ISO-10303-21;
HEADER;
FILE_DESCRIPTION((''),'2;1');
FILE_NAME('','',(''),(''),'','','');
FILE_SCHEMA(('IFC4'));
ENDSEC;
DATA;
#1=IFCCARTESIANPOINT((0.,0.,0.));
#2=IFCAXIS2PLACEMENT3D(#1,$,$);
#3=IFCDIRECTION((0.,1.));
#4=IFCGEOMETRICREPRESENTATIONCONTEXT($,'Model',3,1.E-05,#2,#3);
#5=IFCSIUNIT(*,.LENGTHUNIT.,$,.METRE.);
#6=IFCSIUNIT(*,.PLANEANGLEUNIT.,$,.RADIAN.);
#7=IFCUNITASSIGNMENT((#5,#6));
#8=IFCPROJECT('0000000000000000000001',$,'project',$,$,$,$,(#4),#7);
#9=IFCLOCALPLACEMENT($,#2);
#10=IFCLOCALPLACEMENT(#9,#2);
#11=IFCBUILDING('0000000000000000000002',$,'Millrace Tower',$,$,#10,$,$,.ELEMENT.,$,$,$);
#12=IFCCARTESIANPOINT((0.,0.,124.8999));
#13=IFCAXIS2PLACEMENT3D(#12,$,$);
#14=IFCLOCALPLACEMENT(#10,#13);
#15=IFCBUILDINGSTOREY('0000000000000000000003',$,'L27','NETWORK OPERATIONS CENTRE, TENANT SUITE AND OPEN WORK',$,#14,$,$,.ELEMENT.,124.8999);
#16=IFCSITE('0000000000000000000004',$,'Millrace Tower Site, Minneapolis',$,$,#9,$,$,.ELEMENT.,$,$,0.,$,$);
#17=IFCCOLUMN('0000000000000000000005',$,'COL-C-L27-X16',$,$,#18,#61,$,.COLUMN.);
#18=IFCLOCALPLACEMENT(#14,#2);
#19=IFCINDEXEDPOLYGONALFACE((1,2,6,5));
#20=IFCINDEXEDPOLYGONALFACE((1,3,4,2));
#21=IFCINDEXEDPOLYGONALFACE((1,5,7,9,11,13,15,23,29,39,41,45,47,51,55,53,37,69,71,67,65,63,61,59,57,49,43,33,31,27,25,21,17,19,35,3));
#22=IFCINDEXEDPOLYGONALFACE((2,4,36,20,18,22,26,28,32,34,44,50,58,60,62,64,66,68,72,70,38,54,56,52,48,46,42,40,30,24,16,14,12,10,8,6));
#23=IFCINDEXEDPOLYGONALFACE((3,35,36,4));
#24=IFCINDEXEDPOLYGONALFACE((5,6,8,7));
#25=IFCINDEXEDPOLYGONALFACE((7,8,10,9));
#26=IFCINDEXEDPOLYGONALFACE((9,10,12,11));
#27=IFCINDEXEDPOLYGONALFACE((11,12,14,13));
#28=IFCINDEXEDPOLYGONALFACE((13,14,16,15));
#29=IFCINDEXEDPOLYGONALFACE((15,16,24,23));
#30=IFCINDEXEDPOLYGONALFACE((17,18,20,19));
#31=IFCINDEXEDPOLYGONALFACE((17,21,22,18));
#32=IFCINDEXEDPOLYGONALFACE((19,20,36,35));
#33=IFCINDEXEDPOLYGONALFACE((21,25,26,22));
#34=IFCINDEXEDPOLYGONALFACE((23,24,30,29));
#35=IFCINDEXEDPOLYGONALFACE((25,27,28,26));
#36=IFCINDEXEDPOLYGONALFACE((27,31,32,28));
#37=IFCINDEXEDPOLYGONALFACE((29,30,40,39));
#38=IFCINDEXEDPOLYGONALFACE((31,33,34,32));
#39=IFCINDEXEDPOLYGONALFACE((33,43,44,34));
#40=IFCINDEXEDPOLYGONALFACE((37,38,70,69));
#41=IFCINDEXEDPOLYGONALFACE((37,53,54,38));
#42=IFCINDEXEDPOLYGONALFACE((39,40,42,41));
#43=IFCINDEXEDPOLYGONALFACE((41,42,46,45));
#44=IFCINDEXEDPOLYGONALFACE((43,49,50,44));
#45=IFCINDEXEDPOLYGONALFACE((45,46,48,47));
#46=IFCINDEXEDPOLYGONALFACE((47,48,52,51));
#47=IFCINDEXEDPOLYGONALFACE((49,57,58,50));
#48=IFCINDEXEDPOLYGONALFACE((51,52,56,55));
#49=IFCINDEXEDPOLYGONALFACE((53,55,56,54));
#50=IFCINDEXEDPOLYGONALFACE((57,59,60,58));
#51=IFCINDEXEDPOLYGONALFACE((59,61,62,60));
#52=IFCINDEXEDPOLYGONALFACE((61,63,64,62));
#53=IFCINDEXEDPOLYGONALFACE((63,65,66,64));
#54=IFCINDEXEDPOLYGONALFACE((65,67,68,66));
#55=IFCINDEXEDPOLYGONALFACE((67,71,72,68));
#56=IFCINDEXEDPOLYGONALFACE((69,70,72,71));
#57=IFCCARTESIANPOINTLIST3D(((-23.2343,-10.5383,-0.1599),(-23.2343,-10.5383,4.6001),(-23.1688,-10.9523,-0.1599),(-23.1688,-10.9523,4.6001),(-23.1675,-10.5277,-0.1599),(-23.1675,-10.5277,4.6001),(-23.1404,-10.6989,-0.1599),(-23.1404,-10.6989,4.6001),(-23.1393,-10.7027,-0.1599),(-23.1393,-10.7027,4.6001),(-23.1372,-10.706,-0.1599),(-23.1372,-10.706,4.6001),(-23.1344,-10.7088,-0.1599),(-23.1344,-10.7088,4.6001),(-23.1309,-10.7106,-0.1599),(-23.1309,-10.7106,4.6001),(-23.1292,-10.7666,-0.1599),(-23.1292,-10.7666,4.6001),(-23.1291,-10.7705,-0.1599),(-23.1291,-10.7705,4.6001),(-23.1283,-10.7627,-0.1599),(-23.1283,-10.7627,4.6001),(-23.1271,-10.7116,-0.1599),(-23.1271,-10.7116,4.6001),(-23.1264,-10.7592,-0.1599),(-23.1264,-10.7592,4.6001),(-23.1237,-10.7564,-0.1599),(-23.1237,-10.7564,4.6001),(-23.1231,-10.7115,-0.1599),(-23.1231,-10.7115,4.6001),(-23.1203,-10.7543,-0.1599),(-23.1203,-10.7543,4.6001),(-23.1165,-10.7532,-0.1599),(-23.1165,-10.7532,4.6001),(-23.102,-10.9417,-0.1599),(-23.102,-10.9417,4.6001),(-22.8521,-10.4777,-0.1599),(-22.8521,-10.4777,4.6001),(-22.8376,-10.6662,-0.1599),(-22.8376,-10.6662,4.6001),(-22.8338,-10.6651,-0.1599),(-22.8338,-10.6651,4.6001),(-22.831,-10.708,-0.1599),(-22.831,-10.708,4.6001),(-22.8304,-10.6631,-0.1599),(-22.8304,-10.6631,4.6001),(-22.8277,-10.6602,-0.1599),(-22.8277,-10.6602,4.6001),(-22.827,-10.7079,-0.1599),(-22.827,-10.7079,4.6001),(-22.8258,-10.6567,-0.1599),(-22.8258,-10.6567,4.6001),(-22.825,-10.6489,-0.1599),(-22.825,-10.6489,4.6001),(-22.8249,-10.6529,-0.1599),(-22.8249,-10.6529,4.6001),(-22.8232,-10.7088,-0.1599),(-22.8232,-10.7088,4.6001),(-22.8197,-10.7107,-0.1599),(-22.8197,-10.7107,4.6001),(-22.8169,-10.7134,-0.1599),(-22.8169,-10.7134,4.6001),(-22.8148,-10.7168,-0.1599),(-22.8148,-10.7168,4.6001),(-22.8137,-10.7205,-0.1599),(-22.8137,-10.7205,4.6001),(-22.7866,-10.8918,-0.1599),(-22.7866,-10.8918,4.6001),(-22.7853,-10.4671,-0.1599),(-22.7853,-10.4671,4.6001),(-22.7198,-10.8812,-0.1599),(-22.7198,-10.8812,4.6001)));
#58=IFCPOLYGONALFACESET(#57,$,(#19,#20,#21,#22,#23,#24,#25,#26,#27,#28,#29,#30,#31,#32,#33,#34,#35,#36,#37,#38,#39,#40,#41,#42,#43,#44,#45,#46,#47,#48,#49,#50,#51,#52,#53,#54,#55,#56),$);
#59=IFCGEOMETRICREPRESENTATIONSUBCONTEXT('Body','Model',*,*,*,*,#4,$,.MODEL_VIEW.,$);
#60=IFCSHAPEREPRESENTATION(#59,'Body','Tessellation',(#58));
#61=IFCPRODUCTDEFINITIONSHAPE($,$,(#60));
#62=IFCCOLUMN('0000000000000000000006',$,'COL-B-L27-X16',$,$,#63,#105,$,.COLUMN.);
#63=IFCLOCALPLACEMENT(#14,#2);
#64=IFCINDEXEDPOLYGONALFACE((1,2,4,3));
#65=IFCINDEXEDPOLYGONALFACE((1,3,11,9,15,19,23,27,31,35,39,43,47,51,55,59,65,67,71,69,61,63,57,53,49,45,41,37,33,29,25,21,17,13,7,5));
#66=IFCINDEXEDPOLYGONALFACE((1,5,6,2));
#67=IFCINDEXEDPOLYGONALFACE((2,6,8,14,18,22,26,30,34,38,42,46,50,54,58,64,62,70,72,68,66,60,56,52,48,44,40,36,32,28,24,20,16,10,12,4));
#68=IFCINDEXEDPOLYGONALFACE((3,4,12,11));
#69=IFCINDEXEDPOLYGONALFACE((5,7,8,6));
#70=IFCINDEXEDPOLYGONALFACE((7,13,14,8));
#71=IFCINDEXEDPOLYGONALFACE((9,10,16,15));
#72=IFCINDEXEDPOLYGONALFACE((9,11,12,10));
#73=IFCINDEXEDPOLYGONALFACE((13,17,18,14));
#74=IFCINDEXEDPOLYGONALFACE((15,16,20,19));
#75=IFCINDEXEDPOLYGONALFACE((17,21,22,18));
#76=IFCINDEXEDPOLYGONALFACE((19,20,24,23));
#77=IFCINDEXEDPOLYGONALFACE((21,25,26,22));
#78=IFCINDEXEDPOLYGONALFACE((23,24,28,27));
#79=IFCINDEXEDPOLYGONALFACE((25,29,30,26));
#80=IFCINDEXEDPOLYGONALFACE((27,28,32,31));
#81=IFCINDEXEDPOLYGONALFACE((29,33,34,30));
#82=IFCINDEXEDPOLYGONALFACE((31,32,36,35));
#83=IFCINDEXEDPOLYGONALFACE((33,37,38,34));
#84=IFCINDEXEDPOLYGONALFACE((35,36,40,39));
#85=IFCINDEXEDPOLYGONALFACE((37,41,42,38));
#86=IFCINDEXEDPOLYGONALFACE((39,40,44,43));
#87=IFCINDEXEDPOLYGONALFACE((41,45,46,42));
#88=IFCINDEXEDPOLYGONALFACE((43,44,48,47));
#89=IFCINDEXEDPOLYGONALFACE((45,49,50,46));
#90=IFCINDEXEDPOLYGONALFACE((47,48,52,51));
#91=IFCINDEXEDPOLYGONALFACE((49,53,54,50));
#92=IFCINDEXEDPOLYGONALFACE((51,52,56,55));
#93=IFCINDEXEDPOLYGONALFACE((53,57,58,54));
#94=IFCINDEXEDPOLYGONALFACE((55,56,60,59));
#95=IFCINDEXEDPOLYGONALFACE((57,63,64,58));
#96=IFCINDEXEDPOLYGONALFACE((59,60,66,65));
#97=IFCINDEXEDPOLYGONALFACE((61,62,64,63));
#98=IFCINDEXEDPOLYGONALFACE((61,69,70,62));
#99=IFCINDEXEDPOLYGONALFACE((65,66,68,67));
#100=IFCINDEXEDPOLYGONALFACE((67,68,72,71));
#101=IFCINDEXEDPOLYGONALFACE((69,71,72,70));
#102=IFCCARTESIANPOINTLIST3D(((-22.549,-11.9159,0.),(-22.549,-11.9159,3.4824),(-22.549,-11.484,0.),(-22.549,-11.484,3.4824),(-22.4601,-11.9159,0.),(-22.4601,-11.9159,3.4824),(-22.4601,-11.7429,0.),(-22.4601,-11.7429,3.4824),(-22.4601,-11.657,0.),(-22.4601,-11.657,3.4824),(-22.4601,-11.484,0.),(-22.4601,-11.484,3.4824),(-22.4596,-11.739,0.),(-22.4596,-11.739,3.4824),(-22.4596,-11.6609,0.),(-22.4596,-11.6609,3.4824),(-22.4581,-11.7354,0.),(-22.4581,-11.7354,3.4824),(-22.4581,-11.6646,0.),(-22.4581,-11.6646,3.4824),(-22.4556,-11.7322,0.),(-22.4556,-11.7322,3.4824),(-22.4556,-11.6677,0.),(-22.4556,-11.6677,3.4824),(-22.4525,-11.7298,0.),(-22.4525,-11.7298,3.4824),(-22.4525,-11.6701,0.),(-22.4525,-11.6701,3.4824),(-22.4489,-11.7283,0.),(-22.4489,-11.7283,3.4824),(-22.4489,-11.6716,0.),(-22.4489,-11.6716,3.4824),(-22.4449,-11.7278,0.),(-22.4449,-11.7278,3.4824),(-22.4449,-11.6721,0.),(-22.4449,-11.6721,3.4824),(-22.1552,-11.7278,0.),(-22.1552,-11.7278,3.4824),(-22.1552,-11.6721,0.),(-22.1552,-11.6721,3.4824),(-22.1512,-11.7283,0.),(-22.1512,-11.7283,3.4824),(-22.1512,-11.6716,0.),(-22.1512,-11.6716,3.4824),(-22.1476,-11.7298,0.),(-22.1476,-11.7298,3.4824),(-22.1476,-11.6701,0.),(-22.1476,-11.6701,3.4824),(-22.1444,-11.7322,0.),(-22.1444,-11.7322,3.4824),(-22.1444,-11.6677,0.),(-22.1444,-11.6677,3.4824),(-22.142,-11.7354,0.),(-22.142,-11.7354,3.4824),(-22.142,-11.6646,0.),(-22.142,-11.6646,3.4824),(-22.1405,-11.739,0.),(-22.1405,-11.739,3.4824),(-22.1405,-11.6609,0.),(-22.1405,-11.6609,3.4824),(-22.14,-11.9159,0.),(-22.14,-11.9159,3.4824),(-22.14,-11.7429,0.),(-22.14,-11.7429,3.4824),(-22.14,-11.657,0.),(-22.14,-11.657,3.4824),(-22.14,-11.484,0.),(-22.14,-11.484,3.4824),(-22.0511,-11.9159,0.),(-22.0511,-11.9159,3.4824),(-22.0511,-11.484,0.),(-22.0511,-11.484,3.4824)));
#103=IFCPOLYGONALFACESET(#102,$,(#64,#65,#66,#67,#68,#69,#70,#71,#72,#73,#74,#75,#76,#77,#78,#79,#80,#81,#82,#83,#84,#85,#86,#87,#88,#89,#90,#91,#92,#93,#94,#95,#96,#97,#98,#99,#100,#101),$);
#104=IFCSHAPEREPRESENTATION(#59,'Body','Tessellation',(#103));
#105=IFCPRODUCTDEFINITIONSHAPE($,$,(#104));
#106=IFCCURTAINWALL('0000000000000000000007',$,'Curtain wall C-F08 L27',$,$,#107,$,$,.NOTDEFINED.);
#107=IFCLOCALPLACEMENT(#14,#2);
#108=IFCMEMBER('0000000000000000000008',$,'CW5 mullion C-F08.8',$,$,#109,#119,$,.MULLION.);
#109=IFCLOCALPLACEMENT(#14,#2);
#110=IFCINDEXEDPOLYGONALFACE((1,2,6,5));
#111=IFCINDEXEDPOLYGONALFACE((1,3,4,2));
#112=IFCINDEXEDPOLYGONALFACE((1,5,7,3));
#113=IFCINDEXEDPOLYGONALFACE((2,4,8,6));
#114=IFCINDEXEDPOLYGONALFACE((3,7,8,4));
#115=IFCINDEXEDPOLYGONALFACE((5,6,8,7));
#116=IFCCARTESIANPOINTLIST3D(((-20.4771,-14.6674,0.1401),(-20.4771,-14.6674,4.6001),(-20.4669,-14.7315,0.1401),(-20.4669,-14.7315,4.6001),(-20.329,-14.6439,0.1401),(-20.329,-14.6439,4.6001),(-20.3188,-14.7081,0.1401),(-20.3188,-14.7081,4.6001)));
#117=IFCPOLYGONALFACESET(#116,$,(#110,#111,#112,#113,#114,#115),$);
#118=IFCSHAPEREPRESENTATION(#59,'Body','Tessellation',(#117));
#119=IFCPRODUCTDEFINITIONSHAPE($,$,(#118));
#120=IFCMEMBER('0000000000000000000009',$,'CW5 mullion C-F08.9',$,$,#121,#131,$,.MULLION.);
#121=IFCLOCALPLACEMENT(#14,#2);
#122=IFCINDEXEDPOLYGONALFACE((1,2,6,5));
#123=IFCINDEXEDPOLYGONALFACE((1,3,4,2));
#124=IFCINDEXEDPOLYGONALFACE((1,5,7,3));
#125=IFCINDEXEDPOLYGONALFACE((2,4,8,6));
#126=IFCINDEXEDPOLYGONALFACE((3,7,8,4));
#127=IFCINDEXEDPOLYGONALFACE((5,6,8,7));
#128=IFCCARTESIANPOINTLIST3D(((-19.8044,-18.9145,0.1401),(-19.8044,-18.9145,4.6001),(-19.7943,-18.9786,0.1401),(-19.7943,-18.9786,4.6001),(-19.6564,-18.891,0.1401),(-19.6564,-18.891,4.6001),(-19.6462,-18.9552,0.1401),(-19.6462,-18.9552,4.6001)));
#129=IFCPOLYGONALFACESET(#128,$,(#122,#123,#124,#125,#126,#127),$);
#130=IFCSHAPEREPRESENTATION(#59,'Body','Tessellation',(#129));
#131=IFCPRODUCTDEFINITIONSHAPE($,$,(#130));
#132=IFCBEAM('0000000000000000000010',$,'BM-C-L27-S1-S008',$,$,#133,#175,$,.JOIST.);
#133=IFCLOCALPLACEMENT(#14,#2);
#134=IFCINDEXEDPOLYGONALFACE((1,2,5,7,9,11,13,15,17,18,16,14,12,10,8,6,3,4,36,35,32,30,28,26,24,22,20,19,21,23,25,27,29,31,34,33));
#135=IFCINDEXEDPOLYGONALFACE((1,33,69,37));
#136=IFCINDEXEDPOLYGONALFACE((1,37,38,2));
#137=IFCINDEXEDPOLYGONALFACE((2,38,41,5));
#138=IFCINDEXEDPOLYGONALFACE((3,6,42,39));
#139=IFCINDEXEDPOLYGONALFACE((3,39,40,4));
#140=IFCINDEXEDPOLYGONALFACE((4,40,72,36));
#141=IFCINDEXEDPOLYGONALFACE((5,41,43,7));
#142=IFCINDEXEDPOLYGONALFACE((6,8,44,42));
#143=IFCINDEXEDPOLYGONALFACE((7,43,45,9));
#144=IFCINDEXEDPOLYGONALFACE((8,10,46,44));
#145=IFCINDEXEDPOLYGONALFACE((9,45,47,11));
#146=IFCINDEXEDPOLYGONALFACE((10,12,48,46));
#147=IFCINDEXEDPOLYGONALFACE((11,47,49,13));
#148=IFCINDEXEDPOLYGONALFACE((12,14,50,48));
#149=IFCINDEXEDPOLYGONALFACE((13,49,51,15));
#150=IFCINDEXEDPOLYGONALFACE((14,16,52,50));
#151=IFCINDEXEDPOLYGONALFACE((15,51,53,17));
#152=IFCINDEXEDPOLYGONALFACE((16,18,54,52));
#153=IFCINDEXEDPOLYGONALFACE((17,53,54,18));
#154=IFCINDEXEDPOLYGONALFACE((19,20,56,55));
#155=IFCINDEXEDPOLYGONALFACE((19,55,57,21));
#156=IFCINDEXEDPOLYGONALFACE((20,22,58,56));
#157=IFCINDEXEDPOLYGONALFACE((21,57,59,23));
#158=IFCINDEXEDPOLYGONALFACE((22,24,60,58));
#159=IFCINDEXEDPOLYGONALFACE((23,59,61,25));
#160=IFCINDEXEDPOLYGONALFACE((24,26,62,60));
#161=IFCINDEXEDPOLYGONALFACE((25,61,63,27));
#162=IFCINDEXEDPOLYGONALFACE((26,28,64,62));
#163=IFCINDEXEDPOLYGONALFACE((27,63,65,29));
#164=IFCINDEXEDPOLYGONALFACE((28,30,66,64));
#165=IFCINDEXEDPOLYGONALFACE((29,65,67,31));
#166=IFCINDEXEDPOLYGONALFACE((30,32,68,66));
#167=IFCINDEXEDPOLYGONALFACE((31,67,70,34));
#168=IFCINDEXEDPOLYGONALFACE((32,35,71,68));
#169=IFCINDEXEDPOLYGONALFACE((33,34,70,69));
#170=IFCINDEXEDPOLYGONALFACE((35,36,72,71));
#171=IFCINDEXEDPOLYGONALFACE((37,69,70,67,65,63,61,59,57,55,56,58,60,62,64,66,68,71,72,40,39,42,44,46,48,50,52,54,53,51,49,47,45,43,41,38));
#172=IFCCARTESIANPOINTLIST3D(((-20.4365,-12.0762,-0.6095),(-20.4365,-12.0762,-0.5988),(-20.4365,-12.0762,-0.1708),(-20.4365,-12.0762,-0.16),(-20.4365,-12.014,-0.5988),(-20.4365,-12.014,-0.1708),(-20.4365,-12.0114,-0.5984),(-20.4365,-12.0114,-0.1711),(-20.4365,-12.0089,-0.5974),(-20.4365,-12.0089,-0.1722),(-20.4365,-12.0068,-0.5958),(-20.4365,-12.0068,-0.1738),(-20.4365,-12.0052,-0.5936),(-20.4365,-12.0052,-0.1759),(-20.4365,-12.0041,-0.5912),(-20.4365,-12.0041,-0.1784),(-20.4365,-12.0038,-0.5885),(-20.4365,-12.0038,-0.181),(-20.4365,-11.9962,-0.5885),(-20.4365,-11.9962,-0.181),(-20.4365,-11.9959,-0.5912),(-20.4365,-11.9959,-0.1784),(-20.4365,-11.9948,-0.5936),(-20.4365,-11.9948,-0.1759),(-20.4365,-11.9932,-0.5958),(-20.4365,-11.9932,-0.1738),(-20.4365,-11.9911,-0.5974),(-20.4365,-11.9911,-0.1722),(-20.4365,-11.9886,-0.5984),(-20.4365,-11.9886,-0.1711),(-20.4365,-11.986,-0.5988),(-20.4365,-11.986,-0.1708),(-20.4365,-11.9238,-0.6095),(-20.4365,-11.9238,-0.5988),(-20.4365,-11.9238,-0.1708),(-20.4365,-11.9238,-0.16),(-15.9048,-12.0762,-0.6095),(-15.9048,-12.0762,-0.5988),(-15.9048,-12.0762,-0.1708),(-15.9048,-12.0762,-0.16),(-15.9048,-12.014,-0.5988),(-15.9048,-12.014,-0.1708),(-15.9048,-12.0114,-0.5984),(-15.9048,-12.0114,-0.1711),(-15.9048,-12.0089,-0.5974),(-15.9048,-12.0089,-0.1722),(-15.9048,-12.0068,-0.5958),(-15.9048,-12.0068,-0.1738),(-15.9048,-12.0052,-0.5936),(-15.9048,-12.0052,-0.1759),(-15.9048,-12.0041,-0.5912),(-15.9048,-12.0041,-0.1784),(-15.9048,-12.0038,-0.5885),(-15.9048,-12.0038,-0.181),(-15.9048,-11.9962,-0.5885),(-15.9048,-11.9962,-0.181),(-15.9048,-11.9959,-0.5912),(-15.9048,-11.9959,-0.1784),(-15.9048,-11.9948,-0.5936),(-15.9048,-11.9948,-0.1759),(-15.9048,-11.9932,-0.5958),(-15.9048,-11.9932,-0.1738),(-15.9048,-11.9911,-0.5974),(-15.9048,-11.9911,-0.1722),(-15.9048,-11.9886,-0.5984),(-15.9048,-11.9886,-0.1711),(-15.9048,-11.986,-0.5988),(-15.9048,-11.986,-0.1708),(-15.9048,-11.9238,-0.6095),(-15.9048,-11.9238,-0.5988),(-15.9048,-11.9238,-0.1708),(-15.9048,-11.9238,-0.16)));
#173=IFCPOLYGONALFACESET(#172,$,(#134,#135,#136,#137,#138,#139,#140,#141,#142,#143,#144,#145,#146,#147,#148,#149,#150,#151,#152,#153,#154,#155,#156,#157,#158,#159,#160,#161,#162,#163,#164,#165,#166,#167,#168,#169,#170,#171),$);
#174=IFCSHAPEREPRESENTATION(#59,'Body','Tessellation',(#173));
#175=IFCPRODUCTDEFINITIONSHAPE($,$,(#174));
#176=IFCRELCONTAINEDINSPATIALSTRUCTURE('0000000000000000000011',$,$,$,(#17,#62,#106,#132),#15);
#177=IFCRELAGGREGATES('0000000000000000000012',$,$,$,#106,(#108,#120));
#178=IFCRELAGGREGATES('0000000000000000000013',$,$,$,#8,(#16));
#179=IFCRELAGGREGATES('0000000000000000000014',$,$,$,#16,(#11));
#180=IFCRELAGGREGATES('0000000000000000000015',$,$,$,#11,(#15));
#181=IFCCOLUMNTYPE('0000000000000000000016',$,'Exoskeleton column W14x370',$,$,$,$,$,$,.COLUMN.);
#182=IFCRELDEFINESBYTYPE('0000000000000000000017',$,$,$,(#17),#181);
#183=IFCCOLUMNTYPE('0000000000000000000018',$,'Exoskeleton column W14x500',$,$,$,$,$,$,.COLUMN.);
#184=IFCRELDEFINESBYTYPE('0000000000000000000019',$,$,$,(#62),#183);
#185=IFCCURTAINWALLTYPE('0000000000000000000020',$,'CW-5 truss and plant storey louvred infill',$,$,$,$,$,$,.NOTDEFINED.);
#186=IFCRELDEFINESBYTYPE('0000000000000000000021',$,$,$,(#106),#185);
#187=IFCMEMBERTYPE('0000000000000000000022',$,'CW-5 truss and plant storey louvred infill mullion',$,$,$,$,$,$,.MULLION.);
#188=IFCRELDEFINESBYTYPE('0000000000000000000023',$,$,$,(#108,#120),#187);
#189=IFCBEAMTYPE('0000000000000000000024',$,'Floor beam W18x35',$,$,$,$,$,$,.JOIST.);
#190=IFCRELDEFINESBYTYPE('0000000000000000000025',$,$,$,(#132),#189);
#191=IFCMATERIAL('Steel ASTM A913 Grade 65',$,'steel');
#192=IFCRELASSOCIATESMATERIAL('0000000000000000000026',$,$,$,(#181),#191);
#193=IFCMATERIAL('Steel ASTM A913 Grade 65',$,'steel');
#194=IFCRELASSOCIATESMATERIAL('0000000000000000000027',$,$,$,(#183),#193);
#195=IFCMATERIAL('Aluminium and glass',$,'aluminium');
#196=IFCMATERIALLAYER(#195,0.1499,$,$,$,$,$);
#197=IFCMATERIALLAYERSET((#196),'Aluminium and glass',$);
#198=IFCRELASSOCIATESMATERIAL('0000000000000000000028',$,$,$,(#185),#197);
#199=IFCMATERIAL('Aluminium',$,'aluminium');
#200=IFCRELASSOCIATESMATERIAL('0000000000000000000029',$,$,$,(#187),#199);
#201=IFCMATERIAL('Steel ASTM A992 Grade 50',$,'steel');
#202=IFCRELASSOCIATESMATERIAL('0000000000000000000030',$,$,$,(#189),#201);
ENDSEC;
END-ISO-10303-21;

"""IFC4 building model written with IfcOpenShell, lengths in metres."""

from ifc_helpers import new_model, si_unit, direction, frame, origin, origin_2d, place, context, subcontext, project, spatial, rectangle, i_section, extrude, material, layer, layer_set, material_profile, profile_set, type_object, element, aggregate, save


model = new_model("IFC4")

# Units and contexts
model_context = context("Model", 3, precision=1e-05, world=origin(), true_north=direction((0.0, 1.0)))
body_context = subcontext(model_context, "Body", "Model", "MODEL_VIEW")
ifc_project = project(units=[si_unit("LENGTHUNIT", "METRE"), si_unit("PLANEANGLEUNIT", "RADIAN")], contexts=[model_context])

# Site, building, storey
site_placement = place(None, origin())
site = spatial("IfcSite", under=ifc_project, at=site_placement, Name="Millrace Tower Site, Minneapolis", CompositionType="ELEMENT", RefElevation=0.0)
building_placement = place(site_placement, origin())
building = spatial("IfcBuilding", under=site, at=building_placement, Name="Millrace Tower", CompositionType="ELEMENT")
storey_placement = place(building_placement, frame((0.0, 0.0, 124.8999)))
storey = spatial("IfcBuildingStorey", under=building, at=storey_placement, Name="L27", Description="NETWORK OPERATIONS CENTRE, TENANT SUITE AND OPEN WORK", CompositionType="ELEMENT", Elevation=124.8999)

# Columns
ifc_material_1 = material(Name="Steel ASTM A913 Grade 65", Category="steel")
ifc_material_profile_1 = material_profile(ifc_material_1, i_section(OverallWidth=0.4192, OverallDepth=0.4546, WebThickness=0.0422, FlangeThickness=0.0676, FilletRadius=0.0151, at=origin_2d()))
ifc_profile_set_1 = profile_set([ifc_material_profile_1], Name="Steel ASTM A913 Grade 65")
column_type_1 = type_object("IfcColumnType", Name="Exoskeleton column W14x370", PredefinedType="COLUMN", material=ifc_profile_set_1)
column_1_placement = place(storey_placement, frame((-22.9771, -10.7097, -0.1599), z_axis=(0.0, 0.0, 1.0), x_axis=(0.156434, -0.987688, 0.0)))
element("IfcColumn", 1, at=column_1_placement, inside=storey, type_object=column_type_1, Name="COL-C-L27-X16", PredefinedType="COLUMN", context=body_context, shape_type="SweptSolid", body=[
    extrude(i_section(OverallWidth=0.4192, OverallDepth=0.4546, WebThickness=0.0422, FlangeThickness=0.0676, FilletRadius=0.0151, at=origin_2d()), origin(), (0.0, 0.0, 1.0), 4.76),
])
ifc_material_2 = material(Name="Steel ASTM A913 Grade 65", Category="steel")
ifc_material_profile_2 = material_profile(ifc_material_2, i_section(OverallWidth=0.4319, OverallDepth=0.4978, WebThickness=0.0557, FlangeThickness=0.0889, FilletRadius=0.0151, at=origin_2d()))
ifc_profile_set_2 = profile_set([ifc_material_profile_2], Name="Steel ASTM A913 Grade 65")
column_type_2 = type_object("IfcColumnType", Name="Exoskeleton column W14x500", PredefinedType="COLUMN", material=ifc_profile_set_2)
column_2_placement = place(storey_placement, frame((-22.3, -11.7, 0.0), z_axis=(0.0, 0.0, 1.0), x_axis=(0.0, -1.0, 0.0)))
element("IfcColumn", 2, at=column_2_placement, inside=storey, type_object=column_type_2, Name="COL-B-L27-X16", PredefinedType="COLUMN", context=body_context, shape_type="SweptSolid", body=[
    extrude(i_section(OverallWidth=0.4319, OverallDepth=0.4978, WebThickness=0.0557, FlangeThickness=0.0889, FilletRadius=0.0151, at=origin_2d()), origin(), (0.0, 0.0, 1.0), 3.4824),
])

# Curtain wall, members
ifc_material_3 = material(Name="Aluminium and glass", Category="aluminium")
ifc_layer_1 = layer(ifc_material_3, 0.1499)
ifc_layer_set_1 = layer_set([ifc_layer_1], Name="Aluminium and glass")
curtain_wall_type = type_object("IfcCurtainWallType", Name="CW-5 truss and plant storey louvred infill", PredefinedType="NOTDEFINED", material=ifc_layer_set_1)
curtain_wall_placement = place(storey_placement, origin())
curtain_wall = element("IfcCurtainWall", 3, at=curtain_wall_placement, inside=storey, type_object=curtain_wall_type, Name="Curtain wall C-F08 L27", PredefinedType="NOTDEFINED")
ifc_material_4 = material(Name="Aluminium", Category="aluminium")
ifc_material_profile_3 = material_profile(ifc_material_4, rectangle(XDim=0.0649, YDim=0.1499, at=origin_2d()))
ifc_profile_set_3 = profile_set([ifc_material_profile_3], Name="Aluminium")
member_type_1 = type_object("IfcMemberType", Name="CW-5 truss and plant storey louvred infill mullion", PredefinedType="MULLION", material=ifc_profile_set_3)
member_1_placement = place(storey_placement, frame((-20.3979, -14.6877, 0.1401), z_axis=(0.0, 0.0, 1.0), x_axis=(0.156434, -0.987688, 0.0)))
member_1 = element("IfcMember", 4, at=member_1_placement, type_object=member_type_1, Name="CW5 mullion C-F08.8", PredefinedType="MULLION", context=body_context, shape_type="SweptSolid", body=[
    extrude(rectangle(XDim=0.0649, YDim=0.1499, at=origin_2d()), origin(), (0.0, 0.0, 1.0), 4.46),
])
member_2_placement = place(storey_placement, frame((-19.7253, -18.9348, 0.1401), z_axis=(0.0, 0.0, 1.0), x_axis=(0.156434, -0.987688, 0.0)))
member_2 = element("IfcMember", 5, at=member_2_placement, type_object=member_type_1, Name="CW5 mullion C-F08.9", PredefinedType="MULLION", context=body_context, shape_type="SweptSolid", body=[
    extrude(rectangle(XDim=0.0649, YDim=0.1499, at=origin_2d()), origin(), (0.0, 0.0, 1.0), 4.46),
])
aggregate(curtain_wall, [member_1, member_2])

# Beam
ifc_material_5 = material(Name="Steel ASTM A992 Grade 50", Category="steel")
ifc_material_profile_4 = material_profile(ifc_material_5, i_section(OverallWidth=0.1523, OverallDepth=0.4495, WebThickness=0.0076, FlangeThickness=0.0107, FilletRadius=0.0103, at=origin_2d()))
ifc_profile_set_4 = profile_set([ifc_material_profile_4], Name="Steel ASTM A992 Grade 50")
beam_type_1 = type_object("IfcBeamType", Name="Floor beam W18x35", PredefinedType="JOIST", material=ifc_profile_set_4)
beam_1_placement = place(storey_placement, frame((-20.4365, -12.0, -0.3848), z_axis=(1.0, 0.0, 0.0), x_axis=(0.0, 1.0, 0.0)))
element("IfcBeam", 6, at=beam_1_placement, inside=storey, type_object=beam_type_1, Name="BM-C-L27-S1-S008", PredefinedType="JOIST", context=body_context, shape_type="SweptSolid", body=[
    extrude(i_section(OverallWidth=0.1523, OverallDepth=0.4495, WebThickness=0.0076, FlangeThickness=0.0107, FilletRadius=0.0103, at=origin_2d()), origin(), (0.0, 0.0, 1.0), 4.5317),
])

save(model, "model.ifc")
